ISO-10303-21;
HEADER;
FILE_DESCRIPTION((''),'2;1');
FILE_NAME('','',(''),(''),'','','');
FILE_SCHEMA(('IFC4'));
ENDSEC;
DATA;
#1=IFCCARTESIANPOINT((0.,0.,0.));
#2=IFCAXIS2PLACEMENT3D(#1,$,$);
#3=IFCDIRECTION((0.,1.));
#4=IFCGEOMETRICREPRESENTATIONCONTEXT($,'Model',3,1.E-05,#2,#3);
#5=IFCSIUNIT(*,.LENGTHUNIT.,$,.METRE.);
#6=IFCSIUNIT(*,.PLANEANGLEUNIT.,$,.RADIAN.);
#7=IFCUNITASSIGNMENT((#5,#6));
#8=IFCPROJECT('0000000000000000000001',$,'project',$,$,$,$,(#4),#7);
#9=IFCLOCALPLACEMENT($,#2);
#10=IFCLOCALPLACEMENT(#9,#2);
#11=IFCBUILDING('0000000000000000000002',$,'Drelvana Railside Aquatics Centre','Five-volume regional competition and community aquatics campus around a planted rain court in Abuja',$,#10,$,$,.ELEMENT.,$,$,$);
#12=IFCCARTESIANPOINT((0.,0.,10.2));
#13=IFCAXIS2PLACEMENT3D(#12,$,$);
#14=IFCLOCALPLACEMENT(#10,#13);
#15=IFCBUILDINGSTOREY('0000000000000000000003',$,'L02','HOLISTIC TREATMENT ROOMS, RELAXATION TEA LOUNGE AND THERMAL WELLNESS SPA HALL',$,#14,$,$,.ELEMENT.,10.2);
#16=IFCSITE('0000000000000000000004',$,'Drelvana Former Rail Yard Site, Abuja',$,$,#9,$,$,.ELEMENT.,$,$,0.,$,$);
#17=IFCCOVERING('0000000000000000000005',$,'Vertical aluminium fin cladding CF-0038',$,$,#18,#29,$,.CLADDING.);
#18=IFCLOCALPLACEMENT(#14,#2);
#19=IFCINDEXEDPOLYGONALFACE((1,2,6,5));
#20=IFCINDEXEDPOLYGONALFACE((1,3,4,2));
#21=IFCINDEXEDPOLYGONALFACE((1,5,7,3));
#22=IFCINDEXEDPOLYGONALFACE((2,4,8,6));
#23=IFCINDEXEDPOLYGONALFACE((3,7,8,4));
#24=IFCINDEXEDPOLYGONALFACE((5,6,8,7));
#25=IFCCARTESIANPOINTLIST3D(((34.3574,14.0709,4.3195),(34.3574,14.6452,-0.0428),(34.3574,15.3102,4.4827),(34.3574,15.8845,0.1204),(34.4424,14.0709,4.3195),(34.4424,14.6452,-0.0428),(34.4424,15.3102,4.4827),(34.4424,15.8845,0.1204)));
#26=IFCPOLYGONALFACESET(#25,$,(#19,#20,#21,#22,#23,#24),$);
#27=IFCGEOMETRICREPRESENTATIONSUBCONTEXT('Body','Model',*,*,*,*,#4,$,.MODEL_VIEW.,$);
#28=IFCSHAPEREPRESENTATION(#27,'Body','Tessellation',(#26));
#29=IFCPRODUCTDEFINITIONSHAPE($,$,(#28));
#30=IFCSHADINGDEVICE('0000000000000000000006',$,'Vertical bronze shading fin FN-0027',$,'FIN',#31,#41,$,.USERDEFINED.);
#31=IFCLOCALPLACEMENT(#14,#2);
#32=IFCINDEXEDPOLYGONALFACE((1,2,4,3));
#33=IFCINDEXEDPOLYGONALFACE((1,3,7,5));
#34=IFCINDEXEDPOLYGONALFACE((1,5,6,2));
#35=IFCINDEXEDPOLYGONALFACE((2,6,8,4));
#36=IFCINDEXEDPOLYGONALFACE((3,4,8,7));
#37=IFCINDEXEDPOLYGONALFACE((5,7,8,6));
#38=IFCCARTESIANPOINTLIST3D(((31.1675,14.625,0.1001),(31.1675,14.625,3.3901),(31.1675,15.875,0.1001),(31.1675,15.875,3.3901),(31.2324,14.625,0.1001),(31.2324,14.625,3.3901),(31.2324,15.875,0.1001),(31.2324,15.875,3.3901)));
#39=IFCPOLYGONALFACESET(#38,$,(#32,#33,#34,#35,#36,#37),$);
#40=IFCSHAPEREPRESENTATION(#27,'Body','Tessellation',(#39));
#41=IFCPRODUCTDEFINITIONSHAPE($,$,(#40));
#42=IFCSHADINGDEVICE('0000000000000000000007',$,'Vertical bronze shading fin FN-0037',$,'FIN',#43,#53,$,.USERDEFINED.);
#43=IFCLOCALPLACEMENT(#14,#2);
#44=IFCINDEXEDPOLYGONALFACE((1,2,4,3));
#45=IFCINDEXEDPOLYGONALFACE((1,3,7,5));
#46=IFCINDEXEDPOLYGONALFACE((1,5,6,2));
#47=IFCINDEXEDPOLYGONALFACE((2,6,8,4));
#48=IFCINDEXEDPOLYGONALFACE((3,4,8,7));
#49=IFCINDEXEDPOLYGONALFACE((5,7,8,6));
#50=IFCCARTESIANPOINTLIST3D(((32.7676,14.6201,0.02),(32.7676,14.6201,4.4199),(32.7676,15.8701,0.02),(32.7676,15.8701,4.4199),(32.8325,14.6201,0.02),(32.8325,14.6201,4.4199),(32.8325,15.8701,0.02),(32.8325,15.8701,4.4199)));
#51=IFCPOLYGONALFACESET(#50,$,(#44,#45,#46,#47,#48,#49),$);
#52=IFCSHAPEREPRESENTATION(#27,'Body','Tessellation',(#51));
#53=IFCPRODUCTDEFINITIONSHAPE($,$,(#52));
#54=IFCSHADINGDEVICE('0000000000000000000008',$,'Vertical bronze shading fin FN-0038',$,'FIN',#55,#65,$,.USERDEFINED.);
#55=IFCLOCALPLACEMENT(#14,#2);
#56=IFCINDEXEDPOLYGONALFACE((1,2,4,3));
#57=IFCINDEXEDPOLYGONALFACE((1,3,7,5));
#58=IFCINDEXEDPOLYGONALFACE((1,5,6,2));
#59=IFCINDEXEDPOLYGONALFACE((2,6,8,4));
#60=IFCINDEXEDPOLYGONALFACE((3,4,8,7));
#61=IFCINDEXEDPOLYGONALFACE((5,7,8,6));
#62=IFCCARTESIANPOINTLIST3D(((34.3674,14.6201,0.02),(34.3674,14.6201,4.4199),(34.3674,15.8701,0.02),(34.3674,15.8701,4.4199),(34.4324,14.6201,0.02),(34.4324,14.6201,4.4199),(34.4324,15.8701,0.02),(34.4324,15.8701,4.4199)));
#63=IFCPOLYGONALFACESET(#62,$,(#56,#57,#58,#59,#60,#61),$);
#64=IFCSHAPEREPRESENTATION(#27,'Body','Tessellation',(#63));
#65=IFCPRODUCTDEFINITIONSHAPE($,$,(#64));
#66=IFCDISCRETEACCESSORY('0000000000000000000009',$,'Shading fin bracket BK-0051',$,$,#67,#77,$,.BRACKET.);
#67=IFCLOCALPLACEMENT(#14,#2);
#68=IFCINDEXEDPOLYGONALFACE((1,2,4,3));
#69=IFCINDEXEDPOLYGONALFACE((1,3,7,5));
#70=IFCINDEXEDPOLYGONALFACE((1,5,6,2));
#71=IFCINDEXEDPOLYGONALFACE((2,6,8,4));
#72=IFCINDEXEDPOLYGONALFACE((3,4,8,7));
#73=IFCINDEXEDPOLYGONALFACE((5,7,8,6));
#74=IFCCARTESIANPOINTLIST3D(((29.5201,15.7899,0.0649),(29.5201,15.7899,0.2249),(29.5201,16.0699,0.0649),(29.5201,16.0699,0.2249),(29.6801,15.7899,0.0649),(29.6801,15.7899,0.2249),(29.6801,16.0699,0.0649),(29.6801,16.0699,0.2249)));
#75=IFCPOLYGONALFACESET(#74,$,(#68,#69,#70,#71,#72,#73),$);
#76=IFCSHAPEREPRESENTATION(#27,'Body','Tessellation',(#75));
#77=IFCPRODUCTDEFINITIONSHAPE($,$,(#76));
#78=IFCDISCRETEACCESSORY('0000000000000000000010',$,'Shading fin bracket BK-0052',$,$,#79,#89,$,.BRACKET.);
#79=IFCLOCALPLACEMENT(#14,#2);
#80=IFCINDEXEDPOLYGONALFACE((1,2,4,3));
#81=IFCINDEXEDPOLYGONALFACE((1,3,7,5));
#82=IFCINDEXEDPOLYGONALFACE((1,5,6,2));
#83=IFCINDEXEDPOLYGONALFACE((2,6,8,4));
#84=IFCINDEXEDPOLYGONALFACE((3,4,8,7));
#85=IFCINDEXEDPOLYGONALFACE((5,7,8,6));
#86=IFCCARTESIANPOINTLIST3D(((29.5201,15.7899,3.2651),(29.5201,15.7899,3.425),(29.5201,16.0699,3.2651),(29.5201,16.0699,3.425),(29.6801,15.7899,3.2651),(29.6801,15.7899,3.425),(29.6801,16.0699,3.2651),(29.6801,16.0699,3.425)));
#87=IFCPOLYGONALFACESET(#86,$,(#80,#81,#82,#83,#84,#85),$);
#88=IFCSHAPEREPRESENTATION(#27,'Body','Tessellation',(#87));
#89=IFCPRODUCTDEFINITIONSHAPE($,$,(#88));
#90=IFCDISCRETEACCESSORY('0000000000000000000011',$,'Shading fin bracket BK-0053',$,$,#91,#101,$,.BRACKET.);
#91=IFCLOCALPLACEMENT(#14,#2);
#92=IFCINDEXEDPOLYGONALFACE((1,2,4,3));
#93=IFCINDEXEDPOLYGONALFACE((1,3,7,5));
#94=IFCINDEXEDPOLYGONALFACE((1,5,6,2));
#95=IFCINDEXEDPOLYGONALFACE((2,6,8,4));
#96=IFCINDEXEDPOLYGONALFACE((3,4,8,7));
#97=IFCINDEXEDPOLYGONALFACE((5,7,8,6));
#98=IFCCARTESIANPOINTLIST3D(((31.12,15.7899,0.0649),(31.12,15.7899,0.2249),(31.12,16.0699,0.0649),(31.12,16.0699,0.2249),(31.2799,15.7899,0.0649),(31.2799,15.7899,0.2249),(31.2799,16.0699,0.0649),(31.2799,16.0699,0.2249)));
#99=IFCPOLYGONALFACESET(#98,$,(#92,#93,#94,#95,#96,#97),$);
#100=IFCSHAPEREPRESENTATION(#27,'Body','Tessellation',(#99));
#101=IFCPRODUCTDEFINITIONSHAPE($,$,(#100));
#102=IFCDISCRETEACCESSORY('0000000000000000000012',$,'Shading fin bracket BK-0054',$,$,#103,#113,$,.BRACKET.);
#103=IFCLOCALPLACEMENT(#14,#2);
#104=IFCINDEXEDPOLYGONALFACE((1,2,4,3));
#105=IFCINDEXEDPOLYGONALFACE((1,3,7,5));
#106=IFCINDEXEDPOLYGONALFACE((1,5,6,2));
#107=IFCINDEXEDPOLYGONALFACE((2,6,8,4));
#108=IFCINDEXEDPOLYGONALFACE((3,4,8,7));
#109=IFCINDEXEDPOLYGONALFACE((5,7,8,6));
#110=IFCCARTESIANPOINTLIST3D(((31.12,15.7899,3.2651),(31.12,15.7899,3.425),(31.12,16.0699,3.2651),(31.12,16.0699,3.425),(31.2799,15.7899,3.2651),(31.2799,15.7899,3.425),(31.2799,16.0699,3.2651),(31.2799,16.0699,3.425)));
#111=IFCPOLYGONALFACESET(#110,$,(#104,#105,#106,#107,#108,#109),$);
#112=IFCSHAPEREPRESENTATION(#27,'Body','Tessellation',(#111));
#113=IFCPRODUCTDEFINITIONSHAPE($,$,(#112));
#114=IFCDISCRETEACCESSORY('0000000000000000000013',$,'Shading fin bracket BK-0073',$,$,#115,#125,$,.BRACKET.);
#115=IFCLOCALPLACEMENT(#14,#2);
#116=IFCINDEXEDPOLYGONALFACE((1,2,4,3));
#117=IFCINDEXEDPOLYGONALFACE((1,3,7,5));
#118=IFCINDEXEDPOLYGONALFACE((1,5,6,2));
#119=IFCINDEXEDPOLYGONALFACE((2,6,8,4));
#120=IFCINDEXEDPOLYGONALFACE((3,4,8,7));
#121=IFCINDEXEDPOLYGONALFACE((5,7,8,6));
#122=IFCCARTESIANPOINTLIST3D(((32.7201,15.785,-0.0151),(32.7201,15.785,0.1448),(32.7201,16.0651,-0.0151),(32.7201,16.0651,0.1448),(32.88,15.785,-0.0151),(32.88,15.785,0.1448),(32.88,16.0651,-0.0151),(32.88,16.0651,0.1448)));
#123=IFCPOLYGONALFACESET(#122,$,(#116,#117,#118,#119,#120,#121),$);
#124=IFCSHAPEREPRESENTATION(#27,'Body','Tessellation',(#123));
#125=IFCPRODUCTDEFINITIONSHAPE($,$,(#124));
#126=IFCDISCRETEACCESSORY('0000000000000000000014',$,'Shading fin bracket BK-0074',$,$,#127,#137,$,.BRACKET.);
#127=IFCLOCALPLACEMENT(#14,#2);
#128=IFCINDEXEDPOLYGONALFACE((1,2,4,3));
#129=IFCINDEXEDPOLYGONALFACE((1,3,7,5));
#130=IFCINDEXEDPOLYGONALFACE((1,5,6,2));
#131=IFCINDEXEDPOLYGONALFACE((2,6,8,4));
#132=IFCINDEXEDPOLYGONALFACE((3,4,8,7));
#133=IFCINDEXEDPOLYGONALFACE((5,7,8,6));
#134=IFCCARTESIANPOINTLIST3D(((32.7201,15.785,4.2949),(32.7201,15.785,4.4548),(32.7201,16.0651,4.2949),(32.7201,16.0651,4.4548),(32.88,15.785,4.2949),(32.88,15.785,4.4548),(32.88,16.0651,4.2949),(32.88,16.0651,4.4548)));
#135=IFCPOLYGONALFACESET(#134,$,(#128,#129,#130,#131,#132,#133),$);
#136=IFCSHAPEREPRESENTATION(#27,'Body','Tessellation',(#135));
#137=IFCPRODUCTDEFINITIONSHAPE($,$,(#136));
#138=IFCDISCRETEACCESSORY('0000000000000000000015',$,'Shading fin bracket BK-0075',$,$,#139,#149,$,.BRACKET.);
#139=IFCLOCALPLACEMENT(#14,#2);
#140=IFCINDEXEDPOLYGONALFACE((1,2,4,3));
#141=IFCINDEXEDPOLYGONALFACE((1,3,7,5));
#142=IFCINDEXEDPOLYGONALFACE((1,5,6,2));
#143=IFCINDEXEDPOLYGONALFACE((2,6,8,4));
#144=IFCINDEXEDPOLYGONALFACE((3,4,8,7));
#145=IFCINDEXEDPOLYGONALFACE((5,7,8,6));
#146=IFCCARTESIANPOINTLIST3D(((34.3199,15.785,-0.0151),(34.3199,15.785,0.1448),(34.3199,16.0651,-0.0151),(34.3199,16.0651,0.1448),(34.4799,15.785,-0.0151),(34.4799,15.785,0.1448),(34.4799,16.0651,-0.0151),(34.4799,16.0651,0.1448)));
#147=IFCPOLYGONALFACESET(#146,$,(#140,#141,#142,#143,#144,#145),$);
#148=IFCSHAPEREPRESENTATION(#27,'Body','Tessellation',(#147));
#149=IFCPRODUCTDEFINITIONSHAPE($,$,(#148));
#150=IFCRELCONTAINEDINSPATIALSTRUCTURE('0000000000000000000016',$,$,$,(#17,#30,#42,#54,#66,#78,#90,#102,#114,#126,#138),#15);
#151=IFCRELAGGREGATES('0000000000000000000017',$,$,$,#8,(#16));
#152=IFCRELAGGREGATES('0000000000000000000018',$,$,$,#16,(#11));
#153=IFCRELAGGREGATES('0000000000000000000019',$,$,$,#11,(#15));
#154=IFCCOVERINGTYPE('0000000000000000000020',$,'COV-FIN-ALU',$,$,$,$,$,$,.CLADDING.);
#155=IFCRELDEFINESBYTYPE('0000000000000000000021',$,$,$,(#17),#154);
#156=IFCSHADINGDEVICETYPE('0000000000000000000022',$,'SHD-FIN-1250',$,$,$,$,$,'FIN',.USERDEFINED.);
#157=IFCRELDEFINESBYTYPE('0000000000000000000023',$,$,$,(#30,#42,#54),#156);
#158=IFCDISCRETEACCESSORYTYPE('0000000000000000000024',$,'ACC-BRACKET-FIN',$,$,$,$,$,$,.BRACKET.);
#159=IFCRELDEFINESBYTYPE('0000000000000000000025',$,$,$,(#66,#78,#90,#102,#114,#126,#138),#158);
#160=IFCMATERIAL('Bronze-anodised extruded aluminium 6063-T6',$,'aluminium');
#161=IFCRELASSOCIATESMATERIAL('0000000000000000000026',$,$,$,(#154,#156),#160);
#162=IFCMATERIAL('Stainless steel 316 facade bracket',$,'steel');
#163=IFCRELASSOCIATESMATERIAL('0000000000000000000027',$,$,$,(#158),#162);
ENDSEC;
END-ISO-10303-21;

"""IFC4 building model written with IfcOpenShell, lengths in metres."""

from ifc_helpers import new_model, si_unit, direction, frame, origin, origin_2d, place, context, subcontext, project, spatial, rectangle, extrude, material, type_object, element, save


model = new_model("IFC4")

# Units and contexts
model_context = context("Model", 3, precision=1e-05, world=origin(), true_north=direction((0.0, 1.0)))
body_context = subcontext(model_context, "Body", "Model", "MODEL_VIEW")
ifc_project = project(units=[si_unit("LENGTHUNIT", "METRE"), si_unit("PLANEANGLEUNIT", "RADIAN")], contexts=[model_context])

# Site, building, storey
site_placement = place(None, origin())
site = spatial("IfcSite", under=ifc_project, at=site_placement, Name="Drelvana Former Rail Yard Site, Abuja", CompositionType="ELEMENT", RefElevation=0.0)
building_placement = place(site_placement, origin())
building = spatial("IfcBuilding", under=site, at=building_placement, Name="Drelvana Railside Aquatics Centre", Description="Five-volume regional competition and community aquatics campus around a planted rain court in Abuja", CompositionType="ELEMENT")
storey_placement = place(building_placement, frame((0.0, 0.0, 10.2)))
storey = spatial("IfcBuildingStorey", under=building, at=storey_placement, Name="L02", Description="HOLISTIC TREATMENT ROOMS, RELAXATION TEA LOUNGE AND THERMAL WELLNESS SPA HALL", CompositionType="ELEMENT", Elevation=10.2)

# Covering
ifc_material_1 = material(Name="Bronze-anodised extruded aluminium 6063-T6", Category="aluminium")
covering_type = type_object("IfcCoveringType", Name="COV-FIN-ALU", PredefinedType="CLADDING", material=ifc_material_1)
for number, where, z_axis, x_axis, name in (
    (1, (34.3999, 15.2649, 0.0388), (0.0, -0.130526, 0.991445), (-1.0, 0.0, 0.0), "Vertical aluminium fin cladding CF-0038"),
):
    element("IfcCovering", number, at=place(storey_placement, frame(where, z_axis=z_axis, x_axis=x_axis)), inside=storey, type_object=covering_type, Name=name, PredefinedType="CLADDING", context=body_context, shape_type="SweptSolid", body=[
        extrude(rectangle(XDim=0.085, YDim=1.25, at=origin_2d()), origin(), (0.0, 0.0, 1.0), 4.3999),
    ])

# Shading devices
shading_device_type = type_object("IfcShadingDeviceType", Name="SHD-FIN-1250", ElementType="FIN", PredefinedType="USERDEFINED", material=ifc_material_1)
shading_device_placement = place(storey_placement, frame((31.2, 15.25, 0.1001), z_axis=(0.0, 0.0, 1.0), x_axis=(0.0, -1.0, 0.0)))
element("IfcShadingDevice", 2, at=shading_device_placement, inside=storey, type_object=shading_device_type, Name="Vertical bronze shading fin FN-0027", ObjectType="FIN", PredefinedType="USERDEFINED", context=body_context, shape_type="SweptSolid", body=[
    extrude(rectangle(XDim=1.25, YDim=0.0649, at=origin_2d()), origin(), (0.0, 0.0, 1.0), 3.29),
])
for number, where, z_axis, x_axis, name in (
    (3, (32.8, 15.2451, 0.02), (0.0, 0.0, 1.0), (0.0, -1.0, 0.0), "Vertical bronze shading fin FN-0037"),
    (4, (34.3999, 15.2451, 0.02), (0.0, 0.0, 1.0), (0.0, -1.0, 0.0), "Vertical bronze shading fin FN-0038"),
):
    element("IfcShadingDevice", number, at=place(storey_placement, frame(where, z_axis=z_axis, x_axis=x_axis)), inside=storey, type_object=shading_device_type, Name=name, ObjectType="FIN", PredefinedType="USERDEFINED", context=body_context, shape_type="SweptSolid", body=[
        extrude(rectangle(XDim=1.25, YDim=0.0649, at=origin_2d()), origin(), (0.0, 0.0, 1.0), 4.3999),
    ])

# Discrete accessories
ifc_material_2 = material(Name="Stainless steel 316 facade bracket", Category="steel")
discrete_accessory_type = type_object("IfcDiscreteAccessoryType", Name="ACC-BRACKET-FIN", PredefinedType="BRACKET", material=ifc_material_2)
for number, where, z_axis, x_axis, name in (
    (5, (29.6001, 15.9299, 0.0649), (0.0, 0.0, 1.0), (0.0, -1.0, 0.0), "Shading fin bracket BK-0051"),
    (6, (29.6001, 15.9299, 3.2651), (0.0, 0.0, 1.0), (0.0, -1.0, 0.0), "Shading fin bracket BK-0052"),
    (7, (31.2, 15.9299, 0.0649), (0.0, 0.0, 1.0), (0.0, -1.0, 0.0), "Shading fin bracket BK-0053"),
    (8, (31.2, 15.9299, 3.2651), (0.0, 0.0, 1.0), (0.0, -1.0, 0.0), "Shading fin bracket BK-0054"),
    (9, (32.8, 15.925, -0.0151), (0.0, 0.0, 1.0), (0.0, -1.0, 0.0), "Shading fin bracket BK-0073"),
    (10, (32.8, 15.925, 4.2949), (0.0, 0.0, 1.0), (0.0, -1.0, 0.0), "Shading fin bracket BK-0074"),
    (11, (34.3999, 15.925, -0.0151), (0.0, 0.0, 1.0), (0.0, -1.0, 0.0), "Shading fin bracket BK-0075"),
):
    element("IfcDiscreteAccessory", number, at=place(storey_placement, frame(where, z_axis=z_axis, x_axis=x_axis)), inside=storey, type_object=discrete_accessory_type, Name=name, PredefinedType="BRACKET", context=body_context, shape_type="SweptSolid", body=[
        extrude(rectangle(XDim=0.28, YDim=0.1599, at=origin_2d()), origin(), (0.0, 0.0, 1.0), 0.1599),
    ])

save(model, "model.ifc")
